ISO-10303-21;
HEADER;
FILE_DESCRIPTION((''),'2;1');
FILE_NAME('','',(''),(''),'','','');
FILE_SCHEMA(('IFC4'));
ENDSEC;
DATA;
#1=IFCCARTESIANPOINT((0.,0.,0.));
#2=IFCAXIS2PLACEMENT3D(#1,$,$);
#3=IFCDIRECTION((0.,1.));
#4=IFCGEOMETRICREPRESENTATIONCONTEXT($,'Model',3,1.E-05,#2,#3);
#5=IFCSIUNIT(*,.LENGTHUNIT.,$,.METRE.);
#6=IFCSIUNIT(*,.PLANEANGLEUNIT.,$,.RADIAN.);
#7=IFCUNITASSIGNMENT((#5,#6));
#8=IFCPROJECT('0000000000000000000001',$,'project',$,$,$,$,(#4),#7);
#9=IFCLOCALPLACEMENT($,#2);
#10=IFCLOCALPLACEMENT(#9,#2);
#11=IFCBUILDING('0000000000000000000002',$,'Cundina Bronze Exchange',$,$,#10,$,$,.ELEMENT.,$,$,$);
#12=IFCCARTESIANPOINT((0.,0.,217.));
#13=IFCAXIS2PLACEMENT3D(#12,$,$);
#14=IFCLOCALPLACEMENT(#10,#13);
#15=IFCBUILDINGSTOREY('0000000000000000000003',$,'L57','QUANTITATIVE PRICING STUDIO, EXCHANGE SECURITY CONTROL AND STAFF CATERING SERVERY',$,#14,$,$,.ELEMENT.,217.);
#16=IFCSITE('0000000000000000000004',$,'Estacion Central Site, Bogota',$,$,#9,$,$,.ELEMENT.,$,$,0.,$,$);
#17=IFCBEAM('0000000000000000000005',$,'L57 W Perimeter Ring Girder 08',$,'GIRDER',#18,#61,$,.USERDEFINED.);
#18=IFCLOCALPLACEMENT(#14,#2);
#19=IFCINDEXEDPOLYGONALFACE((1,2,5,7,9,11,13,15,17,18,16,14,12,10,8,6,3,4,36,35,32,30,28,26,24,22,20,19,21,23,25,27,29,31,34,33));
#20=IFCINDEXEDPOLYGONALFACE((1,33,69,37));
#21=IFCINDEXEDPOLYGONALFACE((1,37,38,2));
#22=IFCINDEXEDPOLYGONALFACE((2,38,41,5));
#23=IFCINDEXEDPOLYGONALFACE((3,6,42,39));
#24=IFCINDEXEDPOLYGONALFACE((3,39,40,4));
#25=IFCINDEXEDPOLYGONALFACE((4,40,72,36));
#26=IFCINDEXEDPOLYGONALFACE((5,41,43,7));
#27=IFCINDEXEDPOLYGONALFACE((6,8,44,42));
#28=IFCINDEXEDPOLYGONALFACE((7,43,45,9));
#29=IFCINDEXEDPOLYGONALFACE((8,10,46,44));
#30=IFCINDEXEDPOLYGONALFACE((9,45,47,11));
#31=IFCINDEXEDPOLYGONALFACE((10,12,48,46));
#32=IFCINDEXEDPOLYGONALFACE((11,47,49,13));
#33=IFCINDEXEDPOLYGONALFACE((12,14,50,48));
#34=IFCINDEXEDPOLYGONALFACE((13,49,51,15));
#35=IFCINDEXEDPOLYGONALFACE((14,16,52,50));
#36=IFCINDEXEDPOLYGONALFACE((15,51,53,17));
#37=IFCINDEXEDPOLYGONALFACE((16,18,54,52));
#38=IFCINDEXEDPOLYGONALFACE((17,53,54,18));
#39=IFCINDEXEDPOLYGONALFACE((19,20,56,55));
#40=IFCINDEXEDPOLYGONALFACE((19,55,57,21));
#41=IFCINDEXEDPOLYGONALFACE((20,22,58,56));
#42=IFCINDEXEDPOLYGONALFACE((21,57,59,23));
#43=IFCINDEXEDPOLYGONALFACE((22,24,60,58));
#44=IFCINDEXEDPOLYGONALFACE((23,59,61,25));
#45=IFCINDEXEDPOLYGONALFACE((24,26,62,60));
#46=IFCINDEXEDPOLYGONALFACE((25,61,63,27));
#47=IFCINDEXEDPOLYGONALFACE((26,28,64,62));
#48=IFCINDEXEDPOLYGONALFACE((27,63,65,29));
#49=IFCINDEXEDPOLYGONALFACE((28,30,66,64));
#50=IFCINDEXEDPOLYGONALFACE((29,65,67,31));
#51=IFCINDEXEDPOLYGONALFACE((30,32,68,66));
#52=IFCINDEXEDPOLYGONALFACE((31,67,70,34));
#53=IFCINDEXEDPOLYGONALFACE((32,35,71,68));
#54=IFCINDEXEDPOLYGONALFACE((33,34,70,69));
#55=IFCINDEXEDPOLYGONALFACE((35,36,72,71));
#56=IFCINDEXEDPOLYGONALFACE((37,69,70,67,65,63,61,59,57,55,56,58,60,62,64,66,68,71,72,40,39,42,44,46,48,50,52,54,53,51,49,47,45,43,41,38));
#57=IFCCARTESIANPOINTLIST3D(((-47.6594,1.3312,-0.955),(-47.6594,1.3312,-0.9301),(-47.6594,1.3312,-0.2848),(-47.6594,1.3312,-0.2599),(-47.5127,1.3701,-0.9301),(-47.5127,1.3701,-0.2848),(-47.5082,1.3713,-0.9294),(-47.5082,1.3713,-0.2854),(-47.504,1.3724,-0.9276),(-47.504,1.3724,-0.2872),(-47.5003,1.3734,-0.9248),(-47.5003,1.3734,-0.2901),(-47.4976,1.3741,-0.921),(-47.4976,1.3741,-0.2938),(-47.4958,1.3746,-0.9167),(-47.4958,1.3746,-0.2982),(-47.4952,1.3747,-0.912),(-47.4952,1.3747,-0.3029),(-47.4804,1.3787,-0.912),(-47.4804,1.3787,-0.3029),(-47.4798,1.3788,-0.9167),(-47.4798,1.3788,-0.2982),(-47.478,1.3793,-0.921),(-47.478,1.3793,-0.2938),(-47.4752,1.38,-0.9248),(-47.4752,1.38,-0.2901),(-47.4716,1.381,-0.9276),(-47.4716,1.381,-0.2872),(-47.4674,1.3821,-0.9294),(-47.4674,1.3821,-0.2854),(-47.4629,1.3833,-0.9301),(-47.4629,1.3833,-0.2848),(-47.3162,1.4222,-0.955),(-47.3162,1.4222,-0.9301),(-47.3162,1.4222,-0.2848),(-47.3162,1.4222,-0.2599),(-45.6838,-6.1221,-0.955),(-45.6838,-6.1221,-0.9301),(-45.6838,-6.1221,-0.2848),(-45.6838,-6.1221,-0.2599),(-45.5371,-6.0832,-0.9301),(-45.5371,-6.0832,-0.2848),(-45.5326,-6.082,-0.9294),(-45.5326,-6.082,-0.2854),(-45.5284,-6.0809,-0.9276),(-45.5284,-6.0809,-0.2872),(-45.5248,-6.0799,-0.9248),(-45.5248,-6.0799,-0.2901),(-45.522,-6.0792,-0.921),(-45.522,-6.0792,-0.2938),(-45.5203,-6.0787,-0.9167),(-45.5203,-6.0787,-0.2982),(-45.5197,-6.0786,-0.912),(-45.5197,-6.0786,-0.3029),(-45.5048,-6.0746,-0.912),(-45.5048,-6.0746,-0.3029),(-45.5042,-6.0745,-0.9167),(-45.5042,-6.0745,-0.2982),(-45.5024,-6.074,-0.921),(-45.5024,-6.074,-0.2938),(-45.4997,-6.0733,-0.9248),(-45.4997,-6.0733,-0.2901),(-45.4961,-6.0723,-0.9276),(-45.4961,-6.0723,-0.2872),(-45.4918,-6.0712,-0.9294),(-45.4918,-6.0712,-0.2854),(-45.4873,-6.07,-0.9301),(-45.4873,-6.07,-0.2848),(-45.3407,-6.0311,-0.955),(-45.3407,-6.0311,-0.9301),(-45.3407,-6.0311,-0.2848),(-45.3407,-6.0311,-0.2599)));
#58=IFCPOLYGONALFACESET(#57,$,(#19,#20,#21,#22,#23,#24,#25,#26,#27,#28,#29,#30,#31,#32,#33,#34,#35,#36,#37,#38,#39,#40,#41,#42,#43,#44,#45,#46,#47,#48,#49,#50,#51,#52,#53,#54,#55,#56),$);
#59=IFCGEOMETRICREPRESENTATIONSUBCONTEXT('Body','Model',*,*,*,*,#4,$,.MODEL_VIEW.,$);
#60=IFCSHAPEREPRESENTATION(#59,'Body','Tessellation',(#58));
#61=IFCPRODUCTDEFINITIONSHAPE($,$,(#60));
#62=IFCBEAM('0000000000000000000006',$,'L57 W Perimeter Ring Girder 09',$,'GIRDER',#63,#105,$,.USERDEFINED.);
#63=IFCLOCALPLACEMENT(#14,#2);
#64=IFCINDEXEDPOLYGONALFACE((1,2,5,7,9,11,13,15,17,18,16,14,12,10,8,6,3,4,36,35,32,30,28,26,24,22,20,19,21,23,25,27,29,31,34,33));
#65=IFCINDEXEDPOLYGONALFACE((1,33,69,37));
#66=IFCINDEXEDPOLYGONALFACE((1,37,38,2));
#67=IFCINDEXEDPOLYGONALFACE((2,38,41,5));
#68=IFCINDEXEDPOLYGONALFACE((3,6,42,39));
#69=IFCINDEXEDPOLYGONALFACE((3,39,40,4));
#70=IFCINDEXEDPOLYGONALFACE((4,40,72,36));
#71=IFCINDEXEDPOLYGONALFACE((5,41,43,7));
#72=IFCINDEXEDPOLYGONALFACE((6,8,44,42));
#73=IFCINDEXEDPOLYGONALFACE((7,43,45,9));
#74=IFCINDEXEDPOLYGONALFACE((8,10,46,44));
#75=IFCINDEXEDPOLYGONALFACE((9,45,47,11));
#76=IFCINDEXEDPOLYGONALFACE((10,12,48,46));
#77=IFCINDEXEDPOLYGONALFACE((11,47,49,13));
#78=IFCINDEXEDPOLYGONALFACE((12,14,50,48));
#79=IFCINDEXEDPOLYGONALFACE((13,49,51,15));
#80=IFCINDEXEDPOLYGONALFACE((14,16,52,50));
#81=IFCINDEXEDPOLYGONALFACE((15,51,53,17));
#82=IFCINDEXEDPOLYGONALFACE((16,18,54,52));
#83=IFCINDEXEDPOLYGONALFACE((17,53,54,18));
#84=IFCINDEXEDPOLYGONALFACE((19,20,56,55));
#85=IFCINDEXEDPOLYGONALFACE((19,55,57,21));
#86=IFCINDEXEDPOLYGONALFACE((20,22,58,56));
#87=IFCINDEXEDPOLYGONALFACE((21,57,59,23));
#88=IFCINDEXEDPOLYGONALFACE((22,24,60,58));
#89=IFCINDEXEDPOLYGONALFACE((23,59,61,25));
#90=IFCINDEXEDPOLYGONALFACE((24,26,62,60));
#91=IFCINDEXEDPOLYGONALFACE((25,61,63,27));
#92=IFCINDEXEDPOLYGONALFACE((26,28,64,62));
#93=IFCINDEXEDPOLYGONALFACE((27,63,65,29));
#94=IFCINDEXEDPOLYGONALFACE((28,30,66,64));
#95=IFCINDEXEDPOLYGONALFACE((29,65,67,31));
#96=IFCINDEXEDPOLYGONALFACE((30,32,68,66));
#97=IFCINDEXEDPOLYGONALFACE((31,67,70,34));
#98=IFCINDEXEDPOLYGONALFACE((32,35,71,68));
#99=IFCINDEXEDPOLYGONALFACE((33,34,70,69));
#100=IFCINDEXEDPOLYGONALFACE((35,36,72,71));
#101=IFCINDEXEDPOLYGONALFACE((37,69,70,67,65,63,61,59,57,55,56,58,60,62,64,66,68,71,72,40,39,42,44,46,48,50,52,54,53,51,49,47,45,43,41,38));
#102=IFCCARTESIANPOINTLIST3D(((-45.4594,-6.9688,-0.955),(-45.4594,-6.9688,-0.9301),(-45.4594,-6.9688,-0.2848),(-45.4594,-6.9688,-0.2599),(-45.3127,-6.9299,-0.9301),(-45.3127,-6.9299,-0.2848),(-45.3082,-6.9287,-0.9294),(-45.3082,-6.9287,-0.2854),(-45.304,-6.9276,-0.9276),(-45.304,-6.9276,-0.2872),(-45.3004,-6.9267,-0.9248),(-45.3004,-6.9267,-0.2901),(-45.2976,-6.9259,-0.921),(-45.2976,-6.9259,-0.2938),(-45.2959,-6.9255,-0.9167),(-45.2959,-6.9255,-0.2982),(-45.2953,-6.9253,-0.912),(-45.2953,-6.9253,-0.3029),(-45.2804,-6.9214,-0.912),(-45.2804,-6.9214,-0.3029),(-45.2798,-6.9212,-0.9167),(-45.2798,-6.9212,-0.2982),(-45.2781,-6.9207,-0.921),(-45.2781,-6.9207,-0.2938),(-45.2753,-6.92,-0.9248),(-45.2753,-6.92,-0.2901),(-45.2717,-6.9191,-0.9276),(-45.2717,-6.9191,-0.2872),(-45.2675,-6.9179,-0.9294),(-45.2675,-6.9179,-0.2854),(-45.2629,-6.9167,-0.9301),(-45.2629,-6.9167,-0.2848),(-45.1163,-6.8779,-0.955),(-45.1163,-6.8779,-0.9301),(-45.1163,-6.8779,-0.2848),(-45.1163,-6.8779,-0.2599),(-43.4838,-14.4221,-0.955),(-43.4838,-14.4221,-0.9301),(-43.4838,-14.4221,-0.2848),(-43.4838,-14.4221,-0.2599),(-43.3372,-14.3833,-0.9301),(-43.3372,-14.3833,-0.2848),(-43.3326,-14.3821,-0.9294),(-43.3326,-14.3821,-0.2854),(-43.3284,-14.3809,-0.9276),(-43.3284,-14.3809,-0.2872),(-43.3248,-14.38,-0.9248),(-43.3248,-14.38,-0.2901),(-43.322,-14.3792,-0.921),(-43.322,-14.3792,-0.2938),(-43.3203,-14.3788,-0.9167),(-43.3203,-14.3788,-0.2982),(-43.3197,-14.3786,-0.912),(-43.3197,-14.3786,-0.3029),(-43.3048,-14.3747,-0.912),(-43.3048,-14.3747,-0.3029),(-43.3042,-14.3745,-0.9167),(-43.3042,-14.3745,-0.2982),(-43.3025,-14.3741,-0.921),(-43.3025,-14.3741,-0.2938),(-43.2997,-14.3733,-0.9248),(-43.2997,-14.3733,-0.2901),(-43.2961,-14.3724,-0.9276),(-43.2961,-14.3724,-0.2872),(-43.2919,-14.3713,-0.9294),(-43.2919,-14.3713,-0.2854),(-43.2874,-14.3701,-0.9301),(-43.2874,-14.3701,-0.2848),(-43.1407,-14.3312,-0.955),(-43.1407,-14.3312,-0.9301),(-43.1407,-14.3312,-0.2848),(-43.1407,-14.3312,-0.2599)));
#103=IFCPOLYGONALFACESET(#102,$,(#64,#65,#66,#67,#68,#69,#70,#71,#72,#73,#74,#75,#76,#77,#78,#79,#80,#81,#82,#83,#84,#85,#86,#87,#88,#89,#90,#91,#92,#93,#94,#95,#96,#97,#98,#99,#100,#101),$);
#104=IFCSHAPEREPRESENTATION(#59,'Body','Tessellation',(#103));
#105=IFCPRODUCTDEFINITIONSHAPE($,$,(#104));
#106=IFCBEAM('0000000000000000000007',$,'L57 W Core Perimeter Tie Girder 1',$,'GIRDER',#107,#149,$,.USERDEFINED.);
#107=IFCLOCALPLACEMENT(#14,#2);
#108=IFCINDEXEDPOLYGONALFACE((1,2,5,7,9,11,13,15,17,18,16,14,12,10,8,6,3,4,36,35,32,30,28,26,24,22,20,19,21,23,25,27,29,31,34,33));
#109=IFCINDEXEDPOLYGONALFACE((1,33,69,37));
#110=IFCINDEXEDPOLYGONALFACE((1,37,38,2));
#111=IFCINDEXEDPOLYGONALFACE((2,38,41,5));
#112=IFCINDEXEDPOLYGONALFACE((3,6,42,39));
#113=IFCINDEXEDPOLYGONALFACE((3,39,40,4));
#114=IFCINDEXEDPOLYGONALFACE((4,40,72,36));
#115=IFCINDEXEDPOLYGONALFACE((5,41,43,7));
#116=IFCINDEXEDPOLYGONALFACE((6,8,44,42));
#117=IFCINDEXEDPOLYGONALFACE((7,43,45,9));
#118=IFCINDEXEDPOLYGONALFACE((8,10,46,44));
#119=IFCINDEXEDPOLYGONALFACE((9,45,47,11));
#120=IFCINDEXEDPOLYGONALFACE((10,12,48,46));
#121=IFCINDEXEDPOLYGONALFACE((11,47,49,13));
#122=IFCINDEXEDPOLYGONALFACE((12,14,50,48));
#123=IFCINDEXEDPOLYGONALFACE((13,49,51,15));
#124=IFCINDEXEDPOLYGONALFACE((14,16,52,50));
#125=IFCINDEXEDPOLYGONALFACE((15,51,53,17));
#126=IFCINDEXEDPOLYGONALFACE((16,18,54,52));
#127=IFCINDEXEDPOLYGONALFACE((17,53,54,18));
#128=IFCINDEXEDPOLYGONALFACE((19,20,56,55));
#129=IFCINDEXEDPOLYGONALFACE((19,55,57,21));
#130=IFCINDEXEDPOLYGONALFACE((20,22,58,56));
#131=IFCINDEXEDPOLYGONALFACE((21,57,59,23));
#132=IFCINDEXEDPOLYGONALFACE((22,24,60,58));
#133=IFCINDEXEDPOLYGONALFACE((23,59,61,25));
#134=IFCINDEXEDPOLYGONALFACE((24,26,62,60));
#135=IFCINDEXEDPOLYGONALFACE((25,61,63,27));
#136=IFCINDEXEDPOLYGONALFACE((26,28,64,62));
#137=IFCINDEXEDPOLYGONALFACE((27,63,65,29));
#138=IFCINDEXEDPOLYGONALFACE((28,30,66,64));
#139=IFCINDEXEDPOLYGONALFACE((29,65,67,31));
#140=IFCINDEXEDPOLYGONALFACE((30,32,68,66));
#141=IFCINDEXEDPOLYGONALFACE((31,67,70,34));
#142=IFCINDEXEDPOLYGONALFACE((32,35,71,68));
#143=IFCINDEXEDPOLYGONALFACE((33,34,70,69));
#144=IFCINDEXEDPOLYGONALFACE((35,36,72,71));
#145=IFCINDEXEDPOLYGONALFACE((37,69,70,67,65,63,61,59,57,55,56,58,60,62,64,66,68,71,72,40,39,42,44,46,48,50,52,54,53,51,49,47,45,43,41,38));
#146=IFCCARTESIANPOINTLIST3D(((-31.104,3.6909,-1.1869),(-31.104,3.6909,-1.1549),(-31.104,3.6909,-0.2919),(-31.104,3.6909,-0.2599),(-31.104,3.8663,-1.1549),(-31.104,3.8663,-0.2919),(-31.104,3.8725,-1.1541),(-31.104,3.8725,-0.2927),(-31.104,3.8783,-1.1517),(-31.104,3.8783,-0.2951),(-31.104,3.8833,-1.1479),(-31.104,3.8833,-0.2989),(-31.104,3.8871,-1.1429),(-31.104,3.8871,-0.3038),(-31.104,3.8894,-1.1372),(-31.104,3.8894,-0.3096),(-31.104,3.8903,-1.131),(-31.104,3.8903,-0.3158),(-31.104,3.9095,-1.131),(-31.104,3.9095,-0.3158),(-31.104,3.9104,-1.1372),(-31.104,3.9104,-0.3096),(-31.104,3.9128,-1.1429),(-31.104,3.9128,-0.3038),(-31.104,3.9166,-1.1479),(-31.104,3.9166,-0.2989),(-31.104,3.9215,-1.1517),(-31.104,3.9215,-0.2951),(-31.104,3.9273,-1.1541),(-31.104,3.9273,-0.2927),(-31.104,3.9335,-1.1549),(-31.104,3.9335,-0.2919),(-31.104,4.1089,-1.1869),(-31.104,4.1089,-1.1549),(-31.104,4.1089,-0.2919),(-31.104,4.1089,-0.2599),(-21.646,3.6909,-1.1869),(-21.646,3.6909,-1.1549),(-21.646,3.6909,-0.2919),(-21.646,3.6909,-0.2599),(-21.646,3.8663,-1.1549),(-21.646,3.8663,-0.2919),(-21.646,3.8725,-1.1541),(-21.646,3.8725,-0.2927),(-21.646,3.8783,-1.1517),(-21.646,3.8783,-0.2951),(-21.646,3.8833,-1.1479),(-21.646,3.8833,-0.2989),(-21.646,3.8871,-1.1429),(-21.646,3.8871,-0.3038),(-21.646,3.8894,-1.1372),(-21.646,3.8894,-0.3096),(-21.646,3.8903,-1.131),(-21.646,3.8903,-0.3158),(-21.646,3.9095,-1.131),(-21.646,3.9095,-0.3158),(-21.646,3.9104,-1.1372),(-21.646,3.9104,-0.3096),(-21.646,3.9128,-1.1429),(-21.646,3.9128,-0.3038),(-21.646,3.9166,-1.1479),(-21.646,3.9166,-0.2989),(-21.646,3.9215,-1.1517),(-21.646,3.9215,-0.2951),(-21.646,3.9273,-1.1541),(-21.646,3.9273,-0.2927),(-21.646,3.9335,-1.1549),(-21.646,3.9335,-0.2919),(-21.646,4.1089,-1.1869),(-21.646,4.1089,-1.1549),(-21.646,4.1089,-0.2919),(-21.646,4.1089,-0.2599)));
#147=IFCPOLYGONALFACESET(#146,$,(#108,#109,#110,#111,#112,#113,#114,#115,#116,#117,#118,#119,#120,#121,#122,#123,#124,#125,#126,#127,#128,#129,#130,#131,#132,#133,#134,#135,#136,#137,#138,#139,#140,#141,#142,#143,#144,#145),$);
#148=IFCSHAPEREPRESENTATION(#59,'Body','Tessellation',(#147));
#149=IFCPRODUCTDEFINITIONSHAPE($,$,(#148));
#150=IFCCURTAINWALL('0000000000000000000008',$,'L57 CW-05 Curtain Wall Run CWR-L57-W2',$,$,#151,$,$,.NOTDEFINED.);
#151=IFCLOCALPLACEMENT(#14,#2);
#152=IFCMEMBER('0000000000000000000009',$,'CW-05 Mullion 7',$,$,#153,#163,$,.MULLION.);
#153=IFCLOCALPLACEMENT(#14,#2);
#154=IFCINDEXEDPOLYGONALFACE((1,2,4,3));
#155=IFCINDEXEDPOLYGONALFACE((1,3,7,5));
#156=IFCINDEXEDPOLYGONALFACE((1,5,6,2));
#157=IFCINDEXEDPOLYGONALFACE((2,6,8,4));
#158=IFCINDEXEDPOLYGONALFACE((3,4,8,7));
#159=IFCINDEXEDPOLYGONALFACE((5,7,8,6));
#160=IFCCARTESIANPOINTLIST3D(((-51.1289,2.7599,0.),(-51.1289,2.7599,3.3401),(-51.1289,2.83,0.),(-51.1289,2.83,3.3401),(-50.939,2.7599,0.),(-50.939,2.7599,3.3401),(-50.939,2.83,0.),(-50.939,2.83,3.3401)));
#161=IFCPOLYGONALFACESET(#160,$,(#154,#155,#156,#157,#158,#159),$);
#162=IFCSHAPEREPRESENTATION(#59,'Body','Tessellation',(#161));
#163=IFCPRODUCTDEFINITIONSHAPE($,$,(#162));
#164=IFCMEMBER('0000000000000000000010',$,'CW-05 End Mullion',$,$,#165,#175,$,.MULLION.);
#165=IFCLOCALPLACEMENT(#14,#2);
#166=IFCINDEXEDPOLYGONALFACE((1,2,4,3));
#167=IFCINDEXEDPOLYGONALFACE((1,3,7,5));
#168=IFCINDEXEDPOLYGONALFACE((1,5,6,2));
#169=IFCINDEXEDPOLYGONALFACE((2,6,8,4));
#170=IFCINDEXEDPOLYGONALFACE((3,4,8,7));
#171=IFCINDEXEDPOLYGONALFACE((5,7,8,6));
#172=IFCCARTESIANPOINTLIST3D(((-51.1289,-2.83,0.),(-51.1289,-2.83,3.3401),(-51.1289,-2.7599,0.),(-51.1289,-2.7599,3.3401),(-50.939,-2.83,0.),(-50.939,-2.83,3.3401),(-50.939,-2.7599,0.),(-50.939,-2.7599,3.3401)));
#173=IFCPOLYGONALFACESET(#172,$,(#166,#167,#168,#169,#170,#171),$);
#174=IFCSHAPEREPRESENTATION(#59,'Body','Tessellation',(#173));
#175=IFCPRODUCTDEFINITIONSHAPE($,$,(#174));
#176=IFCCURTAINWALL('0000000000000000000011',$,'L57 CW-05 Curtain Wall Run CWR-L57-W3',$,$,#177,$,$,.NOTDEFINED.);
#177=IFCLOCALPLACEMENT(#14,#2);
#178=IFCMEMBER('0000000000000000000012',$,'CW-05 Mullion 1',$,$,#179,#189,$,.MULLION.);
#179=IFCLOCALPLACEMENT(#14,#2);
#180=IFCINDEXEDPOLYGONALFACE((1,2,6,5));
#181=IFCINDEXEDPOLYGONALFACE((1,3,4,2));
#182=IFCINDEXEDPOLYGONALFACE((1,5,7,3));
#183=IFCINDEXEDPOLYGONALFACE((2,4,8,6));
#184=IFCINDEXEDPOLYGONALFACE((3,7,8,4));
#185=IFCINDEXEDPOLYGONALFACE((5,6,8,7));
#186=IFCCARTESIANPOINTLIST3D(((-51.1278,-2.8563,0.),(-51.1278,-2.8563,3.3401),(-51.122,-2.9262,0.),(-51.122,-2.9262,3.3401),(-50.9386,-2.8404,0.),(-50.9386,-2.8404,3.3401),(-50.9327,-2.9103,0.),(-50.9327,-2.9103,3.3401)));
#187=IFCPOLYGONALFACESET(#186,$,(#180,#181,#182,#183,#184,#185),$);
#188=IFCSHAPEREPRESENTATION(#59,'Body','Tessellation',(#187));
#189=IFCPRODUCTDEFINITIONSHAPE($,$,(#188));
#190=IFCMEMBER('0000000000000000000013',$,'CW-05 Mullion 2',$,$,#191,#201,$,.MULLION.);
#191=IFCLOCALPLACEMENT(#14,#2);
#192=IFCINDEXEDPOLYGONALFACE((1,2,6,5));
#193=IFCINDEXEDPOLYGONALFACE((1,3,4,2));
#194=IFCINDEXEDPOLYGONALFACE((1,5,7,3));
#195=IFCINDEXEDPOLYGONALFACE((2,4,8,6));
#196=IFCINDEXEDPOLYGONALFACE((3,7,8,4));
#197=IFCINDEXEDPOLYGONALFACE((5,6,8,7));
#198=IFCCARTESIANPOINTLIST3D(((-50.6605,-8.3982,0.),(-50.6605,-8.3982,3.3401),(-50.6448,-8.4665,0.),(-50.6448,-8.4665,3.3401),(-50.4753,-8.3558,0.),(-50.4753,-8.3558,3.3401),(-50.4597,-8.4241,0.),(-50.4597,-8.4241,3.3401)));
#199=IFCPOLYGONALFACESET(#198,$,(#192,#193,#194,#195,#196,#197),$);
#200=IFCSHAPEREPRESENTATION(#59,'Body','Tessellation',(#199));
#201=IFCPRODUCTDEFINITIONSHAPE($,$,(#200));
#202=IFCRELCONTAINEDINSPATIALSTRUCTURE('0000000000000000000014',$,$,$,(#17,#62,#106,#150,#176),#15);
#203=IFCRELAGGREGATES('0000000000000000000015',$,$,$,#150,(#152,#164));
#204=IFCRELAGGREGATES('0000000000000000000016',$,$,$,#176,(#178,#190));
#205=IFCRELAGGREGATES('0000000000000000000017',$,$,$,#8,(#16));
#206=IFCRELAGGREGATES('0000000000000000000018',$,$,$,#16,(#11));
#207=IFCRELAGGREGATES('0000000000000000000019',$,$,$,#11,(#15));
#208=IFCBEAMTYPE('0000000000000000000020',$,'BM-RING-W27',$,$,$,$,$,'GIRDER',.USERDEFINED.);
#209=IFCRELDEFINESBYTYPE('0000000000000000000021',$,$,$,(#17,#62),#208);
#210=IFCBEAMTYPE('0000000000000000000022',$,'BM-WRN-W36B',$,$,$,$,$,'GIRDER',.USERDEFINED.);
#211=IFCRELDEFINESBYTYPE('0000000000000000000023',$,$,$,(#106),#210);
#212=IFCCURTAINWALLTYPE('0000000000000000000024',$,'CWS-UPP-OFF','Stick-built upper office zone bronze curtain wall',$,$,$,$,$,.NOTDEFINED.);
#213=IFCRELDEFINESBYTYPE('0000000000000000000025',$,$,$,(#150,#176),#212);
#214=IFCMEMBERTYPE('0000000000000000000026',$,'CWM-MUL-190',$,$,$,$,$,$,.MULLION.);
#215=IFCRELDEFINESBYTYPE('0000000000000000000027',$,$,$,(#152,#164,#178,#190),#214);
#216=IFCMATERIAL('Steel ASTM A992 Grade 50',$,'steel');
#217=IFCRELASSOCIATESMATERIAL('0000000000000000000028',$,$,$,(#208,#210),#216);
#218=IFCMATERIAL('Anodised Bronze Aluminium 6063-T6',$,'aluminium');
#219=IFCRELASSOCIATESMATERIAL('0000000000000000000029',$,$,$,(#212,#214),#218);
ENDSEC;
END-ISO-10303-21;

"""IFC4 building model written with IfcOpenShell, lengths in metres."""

from ifc_helpers import new_model, si_unit, direction, frame, origin, origin_2d, place, context, subcontext, project, spatial, rectangle, i_section, extrude, material, material_profile, profile_set, type_object, element, aggregate, save


model = new_model("IFC4")

# Units and contexts
model_context = context("Model", 3, precision=1e-05, world=origin(), true_north=direction((0.0, 1.0)))
body_context = subcontext(model_context, "Body", "Model", "MODEL_VIEW")
ifc_project = project(units=[si_unit("LENGTHUNIT", "METRE"), si_unit("PLANEANGLEUNIT", "RADIAN")], contexts=[model_context])

# Site, building, storey
site_placement = place(None, origin())
site = spatial("IfcSite", under=ifc_project, at=site_placement, Name="Estacion Central Site, Bogota", CompositionType="ELEMENT", RefElevation=0.0)
building_placement = place(site_placement, origin())
building = spatial("IfcBuilding", under=site, at=building_placement, Name="Cundina Bronze Exchange", CompositionType="ELEMENT")
storey_placement = place(building_placement, frame((0.0, 0.0, 217.0)))
storey = spatial("IfcBuildingStorey", under=building, at=storey_placement, Name="L57", Description="QUANTITATIVE PRICING STUDIO, EXCHANGE SECURITY CONTROL AND STAFF CATERING SERVERY", CompositionType="ELEMENT", Elevation=217.0)

# Shared definitions
ifc_material_1 = material(Name="Steel ASTM A992 Grade 50", Category="steel")

# Beams
ifc_material_profile_1 = material_profile(ifc_material_1, i_section(OverallWidth=0.355, OverallDepth=0.6951, WebThickness=0.0154, FlangeThickness=0.0249, FilletRadius=0.0181, at=origin_2d()), Name="W27X146", Category="steel")
ifc_profile_set_1 = profile_set([ifc_material_profile_1], Name="Steel ASTM A992 Grade 50")
beam_type_1 = type_object("IfcBeamType", Name="BM-RING-W27", ElementType="GIRDER", PredefinedType="USERDEFINED", material=ifc_profile_set_1)
for number, where, z_axis, x_axis, name in (
    (1, (-47.4878, 1.3767, -0.6074), (0.256212, -0.966621, 0.0), (0.966621, 0.256212, 0.0), "L57 W Perimeter Ring Girder 08"),
    (2, (-45.2878, -6.9233, -0.6074), (0.256212, -0.966621, 0.0), (0.966621, 0.256212, 0.0), "L57 W Perimeter Ring Girder 09"),
):
    element("IfcBeam", number, at=place(storey_placement, frame(where, z_axis=z_axis, x_axis=x_axis)), inside=storey, type_object=beam_type_1, Name=name, ObjectType="GIRDER", PredefinedType="USERDEFINED", context=body_context, shape_type="SweptSolid", body=[
        extrude(i_section(OverallWidth=0.355, OverallDepth=0.6951, WebThickness=0.0154, FlangeThickness=0.0249, FilletRadius=0.0181, at=origin_2d()), origin(), (0.0, 0.0, 1.0), 7.7107),
    ])
ifc_material_profile_2 = material_profile(ifc_material_1, i_section(OverallWidth=0.418, OverallDepth=0.927, WebThickness=0.0193, FlangeThickness=0.032, FilletRadius=0.0239, at=origin_2d()), Name="W36X231", Category="steel")
ifc_profile_set_2 = profile_set([ifc_material_profile_2], Name="Steel ASTM A992 Grade 50")
beam_type_2 = type_object("IfcBeamType", Name="BM-WRN-W36B", ElementType="GIRDER", PredefinedType="USERDEFINED", material=ifc_profile_set_2)
beam_1_placement = place(storey_placement, frame((-31.104, 3.8999, -0.7234), z_axis=(1.0, 0.0, 0.0), x_axis=(0.0, 1.0, 0.0)))
element("IfcBeam", 3, at=beam_1_placement, inside=storey, type_object=beam_type_2, Name="L57 W Core Perimeter Tie Girder 1", ObjectType="GIRDER", PredefinedType="USERDEFINED", context=body_context, shape_type="SweptSolid", body=[
    extrude(i_section(OverallWidth=0.418, OverallDepth=0.927, WebThickness=0.0193, FlangeThickness=0.032, FilletRadius=0.0239, at=origin_2d()), origin(), (0.0, 0.0, 1.0), 9.458),
])

# Curtain walls, members
ifc_material_2 = material(Name="Anodised Bronze Aluminium 6063-T6", Category="aluminium")
curtain_wall_type = type_object("IfcCurtainWallType", Name="CWS-UPP-OFF", Description="Stick-built upper office zone bronze curtain wall", PredefinedType="NOTDEFINED", material=ifc_material_2)
curtain_wall_1_placement = place(storey_placement, origin())
curtain_wall_1 = element("IfcCurtainWall", 4, at=curtain_wall_1_placement, inside=storey, type_object=curtain_wall_type, Name="L57 CW-05 Curtain Wall Run CWR-L57-W2", PredefinedType="NOTDEFINED")
ifc_material_profile_3 = material_profile(ifc_material_2, rectangle(XDim=0.0701, YDim=0.1899, at=origin_2d()), Name="AL70X190", Category="aluminium")
ifc_profile_set_3 = profile_set([ifc_material_profile_3], Name="Anodised Bronze Aluminium 6063-T6")
member_type_1 = type_object("IfcMemberType", Name="CWM-MUL-190", PredefinedType="MULLION", material=ifc_profile_set_3)
member_1_placement = place(storey_placement, frame((-51.0339, 2.7949, 0.0), z_axis=(0.0, 0.0, 1.0), x_axis=(0.0, -1.0, 0.0)))
member_1 = element("IfcMember", 5, at=member_1_placement, type_object=member_type_1, Name="CW-05 Mullion 7", PredefinedType="MULLION", context=body_context, shape_type="SweptSolid", body=[
    extrude(rectangle(XDim=0.0701, YDim=0.1899, at=origin_2d()), origin(), (0.0, 0.0, 1.0), 3.3401),
])
member_2_placement = place(storey_placement, frame((-51.0339, -2.7949, 0.0), z_axis=(0.0, 0.0, 1.0), x_axis=(0.0, -1.0, 0.0)))
member_2 = element("IfcMember", 6, at=member_2_placement, type_object=member_type_1, Name="CW-05 End Mullion", PredefinedType="MULLION", context=body_context, shape_type="SweptSolid", body=[
    extrude(rectangle(XDim=0.0701, YDim=0.1899, at=origin_2d()), origin(), (0.0, 0.0, 1.0), 3.3401),
])
curtain_wall_2_placement = place(storey_placement, origin())
curtain_wall_2 = element("IfcCurtainWall", 7, at=curtain_wall_2_placement, inside=storey, type_object=curtain_wall_type, Name="L57 CW-05 Curtain Wall Run CWR-L57-W3", PredefinedType="NOTDEFINED")
member_3_placement = place(storey_placement, frame((-51.0303, -2.8833, 0.0), z_axis=(0.0, 0.0, 1.0), x_axis=(0.083678, -0.996493, 0.0)))
member_3 = element("IfcMember", 8, at=member_3_placement, type_object=member_type_1, Name="CW-05 Mullion 1", PredefinedType="MULLION", context=body_context, shape_type="SweptSolid", body=[
    extrude(rectangle(XDim=0.0701, YDim=0.1899, at=origin_2d()), origin(), (0.0, 0.0, 1.0), 3.3401),
])
member_4_placement = place(storey_placement, frame((-50.5601, -8.4111, 0.0), z_axis=(0.0, 0.0, 1.0), x_axis=(0.22325, -0.974761, 0.0)))
member_4 = element("IfcMember", 9, at=member_4_placement, type_object=member_type_1, Name="CW-05 Mullion 2", PredefinedType="MULLION", context=body_context, shape_type="SweptSolid", body=[
    extrude(rectangle(XDim=0.0701, YDim=0.1899, at=origin_2d()), origin(), (0.0, 0.0, 1.0), 3.3401),
])

aggregate(curtain_wall_1, [member_1, member_2])
aggregate(curtain_wall_2, [member_3, member_4])

save(model, "model.ifc")
